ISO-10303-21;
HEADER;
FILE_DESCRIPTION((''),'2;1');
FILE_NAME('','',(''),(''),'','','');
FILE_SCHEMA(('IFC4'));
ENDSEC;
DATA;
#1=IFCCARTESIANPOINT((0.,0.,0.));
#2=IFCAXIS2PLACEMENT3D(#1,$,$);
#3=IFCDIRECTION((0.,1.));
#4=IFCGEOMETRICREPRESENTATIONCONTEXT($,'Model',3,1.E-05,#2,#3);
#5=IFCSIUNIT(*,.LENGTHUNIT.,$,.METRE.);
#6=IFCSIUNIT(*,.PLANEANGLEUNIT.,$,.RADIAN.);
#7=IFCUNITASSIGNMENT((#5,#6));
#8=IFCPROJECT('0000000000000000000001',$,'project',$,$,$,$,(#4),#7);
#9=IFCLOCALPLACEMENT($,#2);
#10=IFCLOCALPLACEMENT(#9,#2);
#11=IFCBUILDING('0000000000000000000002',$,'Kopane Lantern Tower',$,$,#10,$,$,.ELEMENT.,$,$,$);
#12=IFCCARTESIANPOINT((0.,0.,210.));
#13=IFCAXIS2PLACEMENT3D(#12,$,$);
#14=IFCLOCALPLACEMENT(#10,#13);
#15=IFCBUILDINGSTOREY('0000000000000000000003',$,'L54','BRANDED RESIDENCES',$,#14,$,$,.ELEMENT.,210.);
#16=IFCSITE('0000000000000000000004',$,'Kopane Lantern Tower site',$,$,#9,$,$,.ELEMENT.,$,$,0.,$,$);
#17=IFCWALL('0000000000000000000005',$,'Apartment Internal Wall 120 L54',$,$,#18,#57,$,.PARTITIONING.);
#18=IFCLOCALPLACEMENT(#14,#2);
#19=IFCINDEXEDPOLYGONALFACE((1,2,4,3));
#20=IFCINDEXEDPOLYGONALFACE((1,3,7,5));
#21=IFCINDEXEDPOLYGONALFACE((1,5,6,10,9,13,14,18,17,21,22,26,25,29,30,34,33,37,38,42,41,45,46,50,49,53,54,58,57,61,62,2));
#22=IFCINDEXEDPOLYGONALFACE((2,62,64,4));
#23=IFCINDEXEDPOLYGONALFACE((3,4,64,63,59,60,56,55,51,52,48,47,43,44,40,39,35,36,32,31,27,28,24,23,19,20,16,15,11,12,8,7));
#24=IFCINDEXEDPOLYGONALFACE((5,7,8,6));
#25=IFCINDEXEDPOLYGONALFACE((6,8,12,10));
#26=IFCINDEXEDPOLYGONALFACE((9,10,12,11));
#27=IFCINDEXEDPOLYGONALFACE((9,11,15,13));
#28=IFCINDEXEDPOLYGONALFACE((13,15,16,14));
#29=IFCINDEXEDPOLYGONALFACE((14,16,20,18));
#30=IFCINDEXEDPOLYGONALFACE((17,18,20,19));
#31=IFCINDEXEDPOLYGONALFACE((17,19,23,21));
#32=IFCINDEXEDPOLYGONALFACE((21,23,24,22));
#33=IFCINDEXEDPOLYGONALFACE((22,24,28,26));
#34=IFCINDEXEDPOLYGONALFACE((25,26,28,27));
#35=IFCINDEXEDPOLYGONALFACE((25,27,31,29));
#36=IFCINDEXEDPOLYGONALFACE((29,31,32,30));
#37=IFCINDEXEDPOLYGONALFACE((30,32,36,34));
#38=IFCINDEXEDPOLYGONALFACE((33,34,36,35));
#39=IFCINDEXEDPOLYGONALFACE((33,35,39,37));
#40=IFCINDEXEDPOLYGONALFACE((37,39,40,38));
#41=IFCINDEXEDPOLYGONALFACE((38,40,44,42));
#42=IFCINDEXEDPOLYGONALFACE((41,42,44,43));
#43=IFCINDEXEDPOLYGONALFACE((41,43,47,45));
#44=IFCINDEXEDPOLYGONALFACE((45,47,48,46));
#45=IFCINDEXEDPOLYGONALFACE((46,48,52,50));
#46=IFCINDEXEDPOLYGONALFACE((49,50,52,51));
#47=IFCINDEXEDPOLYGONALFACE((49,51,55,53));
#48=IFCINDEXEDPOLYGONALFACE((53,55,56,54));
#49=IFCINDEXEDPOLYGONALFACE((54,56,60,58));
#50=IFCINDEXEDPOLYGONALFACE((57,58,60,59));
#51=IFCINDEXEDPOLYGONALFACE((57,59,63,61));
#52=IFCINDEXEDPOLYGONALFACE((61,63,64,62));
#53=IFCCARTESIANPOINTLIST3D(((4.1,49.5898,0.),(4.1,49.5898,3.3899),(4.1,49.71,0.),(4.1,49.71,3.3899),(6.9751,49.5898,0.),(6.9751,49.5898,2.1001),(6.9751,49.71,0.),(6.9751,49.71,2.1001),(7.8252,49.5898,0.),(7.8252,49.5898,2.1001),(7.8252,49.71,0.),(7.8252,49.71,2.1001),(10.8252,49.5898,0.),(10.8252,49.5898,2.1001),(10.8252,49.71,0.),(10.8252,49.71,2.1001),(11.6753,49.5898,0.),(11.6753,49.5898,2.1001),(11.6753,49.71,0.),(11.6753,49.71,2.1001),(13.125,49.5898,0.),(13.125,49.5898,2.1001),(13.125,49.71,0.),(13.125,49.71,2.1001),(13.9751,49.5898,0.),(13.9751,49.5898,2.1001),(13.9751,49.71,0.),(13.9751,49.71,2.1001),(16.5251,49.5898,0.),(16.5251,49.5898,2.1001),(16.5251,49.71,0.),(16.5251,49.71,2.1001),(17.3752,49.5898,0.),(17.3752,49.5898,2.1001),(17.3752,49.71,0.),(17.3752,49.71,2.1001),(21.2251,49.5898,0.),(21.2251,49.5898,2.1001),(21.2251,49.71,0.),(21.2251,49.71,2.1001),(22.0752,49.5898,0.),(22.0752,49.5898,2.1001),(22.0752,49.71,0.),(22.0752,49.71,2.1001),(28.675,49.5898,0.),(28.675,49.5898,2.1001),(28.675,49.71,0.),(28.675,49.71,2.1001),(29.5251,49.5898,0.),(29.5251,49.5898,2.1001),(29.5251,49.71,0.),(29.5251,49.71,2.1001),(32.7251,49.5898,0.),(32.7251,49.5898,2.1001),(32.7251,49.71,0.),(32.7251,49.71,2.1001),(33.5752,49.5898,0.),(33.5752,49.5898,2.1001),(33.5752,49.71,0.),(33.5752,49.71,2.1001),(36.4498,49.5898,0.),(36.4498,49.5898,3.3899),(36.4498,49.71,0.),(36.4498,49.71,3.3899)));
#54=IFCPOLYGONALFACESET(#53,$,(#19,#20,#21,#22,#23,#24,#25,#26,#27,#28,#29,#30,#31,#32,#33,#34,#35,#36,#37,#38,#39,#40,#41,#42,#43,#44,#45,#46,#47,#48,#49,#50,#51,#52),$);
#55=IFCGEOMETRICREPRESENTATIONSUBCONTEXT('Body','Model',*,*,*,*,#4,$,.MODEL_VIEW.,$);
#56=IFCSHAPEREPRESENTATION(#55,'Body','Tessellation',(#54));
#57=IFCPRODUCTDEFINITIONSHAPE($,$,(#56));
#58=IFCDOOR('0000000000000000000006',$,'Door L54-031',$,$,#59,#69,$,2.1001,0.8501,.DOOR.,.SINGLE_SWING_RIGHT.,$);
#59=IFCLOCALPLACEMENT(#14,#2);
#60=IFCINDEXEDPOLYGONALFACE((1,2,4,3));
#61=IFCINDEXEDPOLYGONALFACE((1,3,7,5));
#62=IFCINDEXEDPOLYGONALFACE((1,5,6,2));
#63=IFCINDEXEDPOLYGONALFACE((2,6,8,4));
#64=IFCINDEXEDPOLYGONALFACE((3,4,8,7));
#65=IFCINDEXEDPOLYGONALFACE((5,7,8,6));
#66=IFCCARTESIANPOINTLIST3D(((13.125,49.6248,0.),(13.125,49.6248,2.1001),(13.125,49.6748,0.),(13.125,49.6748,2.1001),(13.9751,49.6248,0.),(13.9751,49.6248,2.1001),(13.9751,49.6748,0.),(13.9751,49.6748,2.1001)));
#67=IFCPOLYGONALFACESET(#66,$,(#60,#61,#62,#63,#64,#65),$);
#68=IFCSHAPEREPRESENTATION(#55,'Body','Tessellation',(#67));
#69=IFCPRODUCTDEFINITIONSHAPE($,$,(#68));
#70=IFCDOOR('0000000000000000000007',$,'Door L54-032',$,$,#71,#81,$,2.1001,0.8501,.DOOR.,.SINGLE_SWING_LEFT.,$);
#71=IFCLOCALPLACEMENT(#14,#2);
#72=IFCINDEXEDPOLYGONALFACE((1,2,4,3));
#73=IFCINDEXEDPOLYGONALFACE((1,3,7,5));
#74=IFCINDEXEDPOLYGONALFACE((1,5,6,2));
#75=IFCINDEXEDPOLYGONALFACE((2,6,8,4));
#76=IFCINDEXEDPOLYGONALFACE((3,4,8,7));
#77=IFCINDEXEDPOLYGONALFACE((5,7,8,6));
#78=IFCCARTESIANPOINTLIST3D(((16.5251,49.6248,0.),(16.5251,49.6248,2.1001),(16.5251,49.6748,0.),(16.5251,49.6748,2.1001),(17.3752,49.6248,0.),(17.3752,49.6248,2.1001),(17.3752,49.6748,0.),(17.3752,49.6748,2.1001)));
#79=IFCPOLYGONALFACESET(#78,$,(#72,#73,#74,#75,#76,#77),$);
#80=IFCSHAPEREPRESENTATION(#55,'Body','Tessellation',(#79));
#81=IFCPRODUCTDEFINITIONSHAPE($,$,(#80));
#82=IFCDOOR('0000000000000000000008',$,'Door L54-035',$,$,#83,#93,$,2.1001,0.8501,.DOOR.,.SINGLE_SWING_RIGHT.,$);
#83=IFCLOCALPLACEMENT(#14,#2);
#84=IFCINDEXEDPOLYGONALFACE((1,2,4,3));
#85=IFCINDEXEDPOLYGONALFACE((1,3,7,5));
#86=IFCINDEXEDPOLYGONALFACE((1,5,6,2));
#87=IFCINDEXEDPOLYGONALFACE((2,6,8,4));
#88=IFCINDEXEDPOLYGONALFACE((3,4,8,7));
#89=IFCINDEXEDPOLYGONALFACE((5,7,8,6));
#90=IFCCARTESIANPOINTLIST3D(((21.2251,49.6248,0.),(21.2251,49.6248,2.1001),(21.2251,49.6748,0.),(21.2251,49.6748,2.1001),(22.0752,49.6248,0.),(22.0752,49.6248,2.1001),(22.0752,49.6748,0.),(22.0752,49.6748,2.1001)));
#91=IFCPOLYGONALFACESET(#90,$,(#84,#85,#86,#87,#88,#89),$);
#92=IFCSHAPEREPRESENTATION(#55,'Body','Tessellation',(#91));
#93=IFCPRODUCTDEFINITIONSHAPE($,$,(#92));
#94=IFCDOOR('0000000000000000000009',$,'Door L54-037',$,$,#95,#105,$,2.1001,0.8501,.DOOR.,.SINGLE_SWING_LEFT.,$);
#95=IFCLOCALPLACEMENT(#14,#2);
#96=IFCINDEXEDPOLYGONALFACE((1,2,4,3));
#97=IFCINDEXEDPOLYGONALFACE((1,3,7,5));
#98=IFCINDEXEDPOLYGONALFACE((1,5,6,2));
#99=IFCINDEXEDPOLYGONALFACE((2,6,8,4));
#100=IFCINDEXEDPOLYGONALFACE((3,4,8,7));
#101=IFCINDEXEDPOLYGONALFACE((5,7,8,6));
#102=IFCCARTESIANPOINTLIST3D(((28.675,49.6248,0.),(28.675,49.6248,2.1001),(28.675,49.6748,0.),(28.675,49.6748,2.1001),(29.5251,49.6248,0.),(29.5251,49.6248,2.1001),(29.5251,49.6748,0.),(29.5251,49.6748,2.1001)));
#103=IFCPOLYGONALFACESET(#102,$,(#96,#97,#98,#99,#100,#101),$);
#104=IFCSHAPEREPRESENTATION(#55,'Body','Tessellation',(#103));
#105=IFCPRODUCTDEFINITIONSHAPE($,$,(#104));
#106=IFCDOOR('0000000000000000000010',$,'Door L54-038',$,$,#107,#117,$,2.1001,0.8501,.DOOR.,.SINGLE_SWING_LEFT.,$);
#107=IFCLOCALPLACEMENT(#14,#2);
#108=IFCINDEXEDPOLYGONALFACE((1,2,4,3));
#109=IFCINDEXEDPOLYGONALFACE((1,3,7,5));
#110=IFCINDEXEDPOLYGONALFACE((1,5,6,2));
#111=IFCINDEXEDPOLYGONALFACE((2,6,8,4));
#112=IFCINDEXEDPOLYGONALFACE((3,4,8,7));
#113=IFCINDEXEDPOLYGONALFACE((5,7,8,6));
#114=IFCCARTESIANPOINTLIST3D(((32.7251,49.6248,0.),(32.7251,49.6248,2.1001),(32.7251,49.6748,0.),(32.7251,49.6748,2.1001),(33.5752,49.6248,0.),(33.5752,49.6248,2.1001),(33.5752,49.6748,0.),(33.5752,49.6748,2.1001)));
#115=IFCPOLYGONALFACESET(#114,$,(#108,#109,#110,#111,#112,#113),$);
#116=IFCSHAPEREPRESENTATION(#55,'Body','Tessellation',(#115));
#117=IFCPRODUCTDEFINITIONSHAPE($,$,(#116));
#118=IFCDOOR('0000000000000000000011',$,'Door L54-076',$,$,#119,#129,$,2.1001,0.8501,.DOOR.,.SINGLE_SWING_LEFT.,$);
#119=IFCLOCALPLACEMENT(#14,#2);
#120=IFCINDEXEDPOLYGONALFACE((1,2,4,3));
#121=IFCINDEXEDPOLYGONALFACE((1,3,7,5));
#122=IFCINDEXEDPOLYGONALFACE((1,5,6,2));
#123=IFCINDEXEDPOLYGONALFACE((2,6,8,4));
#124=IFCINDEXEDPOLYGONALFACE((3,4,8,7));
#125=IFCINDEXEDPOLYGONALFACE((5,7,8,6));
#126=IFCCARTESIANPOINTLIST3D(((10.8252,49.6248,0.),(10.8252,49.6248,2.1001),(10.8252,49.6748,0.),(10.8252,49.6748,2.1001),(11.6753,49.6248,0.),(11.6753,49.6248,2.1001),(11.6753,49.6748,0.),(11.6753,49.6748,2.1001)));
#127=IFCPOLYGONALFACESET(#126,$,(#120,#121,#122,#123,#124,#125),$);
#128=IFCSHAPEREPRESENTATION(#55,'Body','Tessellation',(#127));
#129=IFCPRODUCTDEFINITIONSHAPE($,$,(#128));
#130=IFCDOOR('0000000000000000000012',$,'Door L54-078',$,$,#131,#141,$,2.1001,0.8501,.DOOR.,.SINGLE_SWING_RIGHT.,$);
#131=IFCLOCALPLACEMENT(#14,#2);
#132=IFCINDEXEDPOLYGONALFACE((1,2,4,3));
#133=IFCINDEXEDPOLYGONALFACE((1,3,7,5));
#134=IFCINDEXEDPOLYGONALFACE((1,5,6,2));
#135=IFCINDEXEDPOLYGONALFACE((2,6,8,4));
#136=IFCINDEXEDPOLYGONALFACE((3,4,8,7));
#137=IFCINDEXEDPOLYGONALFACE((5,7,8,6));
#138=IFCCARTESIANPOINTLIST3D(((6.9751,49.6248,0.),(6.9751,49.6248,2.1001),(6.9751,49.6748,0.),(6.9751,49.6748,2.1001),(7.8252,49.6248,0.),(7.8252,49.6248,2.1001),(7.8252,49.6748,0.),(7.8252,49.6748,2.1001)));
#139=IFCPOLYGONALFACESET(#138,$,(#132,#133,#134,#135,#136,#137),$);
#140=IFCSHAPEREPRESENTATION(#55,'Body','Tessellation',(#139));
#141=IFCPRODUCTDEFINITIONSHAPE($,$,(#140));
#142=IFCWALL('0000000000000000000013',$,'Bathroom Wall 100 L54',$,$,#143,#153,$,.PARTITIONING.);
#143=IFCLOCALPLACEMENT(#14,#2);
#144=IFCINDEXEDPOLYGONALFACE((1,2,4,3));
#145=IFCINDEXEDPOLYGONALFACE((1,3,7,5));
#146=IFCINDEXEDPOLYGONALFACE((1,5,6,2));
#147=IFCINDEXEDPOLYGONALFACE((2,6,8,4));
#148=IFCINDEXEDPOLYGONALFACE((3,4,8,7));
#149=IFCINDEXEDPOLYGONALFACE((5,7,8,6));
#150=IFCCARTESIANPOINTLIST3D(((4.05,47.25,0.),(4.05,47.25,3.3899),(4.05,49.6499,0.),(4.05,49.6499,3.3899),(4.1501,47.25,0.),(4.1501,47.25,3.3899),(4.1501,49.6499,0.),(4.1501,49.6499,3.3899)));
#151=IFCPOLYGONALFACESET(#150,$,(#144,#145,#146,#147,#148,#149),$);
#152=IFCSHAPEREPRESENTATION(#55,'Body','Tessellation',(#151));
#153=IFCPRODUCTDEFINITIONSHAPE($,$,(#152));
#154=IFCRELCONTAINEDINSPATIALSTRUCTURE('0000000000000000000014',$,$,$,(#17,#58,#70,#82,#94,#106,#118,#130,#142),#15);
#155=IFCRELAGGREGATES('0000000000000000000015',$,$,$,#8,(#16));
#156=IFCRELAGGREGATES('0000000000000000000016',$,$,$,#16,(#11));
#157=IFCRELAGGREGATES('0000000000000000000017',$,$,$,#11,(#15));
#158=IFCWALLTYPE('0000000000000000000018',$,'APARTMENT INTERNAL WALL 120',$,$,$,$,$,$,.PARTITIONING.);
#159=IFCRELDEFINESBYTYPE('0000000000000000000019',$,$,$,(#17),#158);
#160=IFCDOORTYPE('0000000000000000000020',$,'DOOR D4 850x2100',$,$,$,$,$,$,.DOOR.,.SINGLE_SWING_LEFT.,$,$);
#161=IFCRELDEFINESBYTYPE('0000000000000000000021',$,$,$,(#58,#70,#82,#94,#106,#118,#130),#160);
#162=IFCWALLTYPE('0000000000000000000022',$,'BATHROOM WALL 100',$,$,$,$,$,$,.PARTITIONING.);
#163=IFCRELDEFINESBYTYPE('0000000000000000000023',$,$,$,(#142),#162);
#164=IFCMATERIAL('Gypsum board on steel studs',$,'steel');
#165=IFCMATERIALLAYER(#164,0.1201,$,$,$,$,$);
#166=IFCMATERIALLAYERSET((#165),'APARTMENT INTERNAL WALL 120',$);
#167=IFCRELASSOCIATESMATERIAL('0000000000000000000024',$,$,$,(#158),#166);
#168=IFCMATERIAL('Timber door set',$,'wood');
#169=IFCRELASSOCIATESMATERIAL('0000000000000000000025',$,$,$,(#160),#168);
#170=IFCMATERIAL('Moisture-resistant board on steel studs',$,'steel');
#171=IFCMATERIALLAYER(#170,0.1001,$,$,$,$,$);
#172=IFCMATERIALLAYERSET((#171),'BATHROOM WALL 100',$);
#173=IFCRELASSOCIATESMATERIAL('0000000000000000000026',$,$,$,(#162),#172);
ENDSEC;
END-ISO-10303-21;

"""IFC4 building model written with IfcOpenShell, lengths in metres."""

from ifc_helpers import new_model, si_unit, direction, frame, frame_2d, origin, place, context, subcontext, project, spatial, rectangle, extrude, material, layer, layer_set, type_object, element, fill, save


model = new_model("IFC4")

# Units and contexts
model_context = context("Model", 3, precision=1e-05, world=origin(), true_north=direction((0.0, 1.0)))
body_context = subcontext(model_context, "Body", "Model", "MODEL_VIEW")
ifc_project = project(units=[si_unit("LENGTHUNIT", "METRE"), si_unit("PLANEANGLEUNIT", "RADIAN")], contexts=[model_context])

# Site, building, storey
site_placement = place(None, origin())
site = spatial("IfcSite", under=ifc_project, at=site_placement, Name="Kopane Lantern Tower site", CompositionType="ELEMENT", RefElevation=0.0)
building_placement = place(site_placement, origin())
building = spatial("IfcBuilding", under=site, at=building_placement, Name="Kopane Lantern Tower", CompositionType="ELEMENT")
storey_placement = place(building_placement, frame((0.0, 0.0, 210.0)))
storey = spatial("IfcBuildingStorey", under=building, at=storey_placement, Name="L54", Description="BRANDED RESIDENCES", CompositionType="ELEMENT", Elevation=210.0)

# Wall, openings, doors
ifc_material_1 = material(Name="Gypsum board on steel studs", Category="steel")
ifc_layer_1 = layer(ifc_material_1, 0.1201)
ifc_layer_set_1 = layer_set([ifc_layer_1], Name="APARTMENT INTERNAL WALL 120")
wall_type_1 = type_object("IfcWallType", Name="APARTMENT INTERNAL WALL 120", PredefinedType="PARTITIONING", material=ifc_layer_set_1)
wall_1_placement = place(storey_placement, frame((4.1001, 49.6499, 0.0), z_axis=(0.0, 0.0, 1.0), x_axis=(1.0, 0.0, 0.0)))
wall_1 = element("IfcWall", 1, at=wall_1_placement, inside=storey, type_object=wall_type_1, Name="Apartment Internal Wall 120 L54", PredefinedType="PARTITIONING", context=body_context, shape_type="SweptSolid", body=[
    extrude(rectangle(XDim=32.3499, YDim=0.1201, at=frame_2d((16.1748, 0.0))), origin(), (0.0, 0.0, 1.0), 3.3899),
])
opening_1_placement = place(wall_1_placement, frame((9.0249, 0.0, 0.0)))
opening_1 = element("IfcOpeningElement", 2, at=opening_1_placement, cuts=wall_1, PredefinedType="OPENING", context=body_context, shape_type="SweptSolid", body=[
    extrude(rectangle(XDim=0.8501, YDim=2.1001, at=frame_2d((0.425, 1.05))), frame((0.0, 0.0701, 0.0), z_axis=(0.0, -1.0, 0.0), x_axis=(1.0, 0.0, 0.0)), (0.0, 0.0, 1.0), 0.1401),
])
opening_2_placement = place(wall_1_placement, frame((12.425, 0.0, 0.0)))
opening_2 = element("IfcOpeningElement", 3, at=opening_2_placement, cuts=wall_1, PredefinedType="OPENING", context=body_context, shape_type="SweptSolid", body=[
    extrude(rectangle(XDim=0.8501, YDim=2.1001, at=frame_2d((0.425, 1.05))), frame((0.0, 0.0701, 0.0), z_axis=(0.0, -1.0, 0.0), x_axis=(1.0, 0.0, 0.0)), (0.0, 0.0, 1.0), 0.1401),
])
opening_3_placement = place(wall_1_placement, frame((17.125, 0.0, 0.0)))
opening_3 = element("IfcOpeningElement", 4, at=opening_3_placement, cuts=wall_1, PredefinedType="OPENING", context=body_context, shape_type="SweptSolid", body=[
    extrude(rectangle(XDim=0.8501, YDim=2.1001, at=frame_2d((0.425, 1.05))), frame((0.0, 0.0701, 0.0), z_axis=(0.0, -1.0, 0.0), x_axis=(1.0, 0.0, 0.0)), (0.0, 0.0, 1.0), 0.1401),
])
opening_4_placement = place(wall_1_placement, frame((24.575, 0.0, 0.0)))
opening_4 = element("IfcOpeningElement", 5, at=opening_4_placement, cuts=wall_1, PredefinedType="OPENING", context=body_context, shape_type="SweptSolid", body=[
    extrude(rectangle(XDim=0.8501, YDim=2.1001, at=frame_2d((0.425, 1.05))), frame((0.0, 0.0701, 0.0), z_axis=(0.0, -1.0, 0.0), x_axis=(1.0, 0.0, 0.0)), (0.0, 0.0, 1.0), 0.1401),
])
opening_5_placement = place(wall_1_placement, frame((28.625, 0.0, 0.0)))
opening_5 = element("IfcOpeningElement", 6, at=opening_5_placement, cuts=wall_1, PredefinedType="OPENING", context=body_context, shape_type="SweptSolid", body=[
    extrude(rectangle(XDim=0.8501, YDim=2.1001, at=frame_2d((0.425, 1.05))), frame((0.0, 0.0701, 0.0), z_axis=(0.0, -1.0, 0.0), x_axis=(1.0, 0.0, 0.0)), (0.0, 0.0, 1.0), 0.1401),
])
opening_6_placement = place(wall_1_placement, frame((6.7251, 0.0, 0.0)))
opening_6 = element("IfcOpeningElement", 7, at=opening_6_placement, cuts=wall_1, PredefinedType="OPENING", context=body_context, shape_type="SweptSolid", body=[
    extrude(rectangle(XDim=0.8501, YDim=2.1001, at=frame_2d((0.425, 1.05))), frame((0.0, 0.0701, 0.0), z_axis=(0.0, -1.0, 0.0), x_axis=(1.0, 0.0, 0.0)), (0.0, 0.0, 1.0), 0.1401),
])
opening_7_placement = place(wall_1_placement, frame((2.875, 0.0, 0.0)))
opening_7 = element("IfcOpeningElement", 8, at=opening_7_placement, cuts=wall_1, PredefinedType="OPENING", context=body_context, shape_type="SweptSolid", body=[
    extrude(rectangle(XDim=0.8501, YDim=2.1001, at=frame_2d((0.425, 1.05))), frame((0.0, 0.0701, 0.0), z_axis=(0.0, -1.0, 0.0), x_axis=(1.0, 0.0, 0.0)), (0.0, 0.0, 1.0), 0.1401),
])
ifc_material_2 = material(Name="Timber door set", Category="wood")
door_type = type_object("IfcDoorType", Name="DOOR D4 850x2100", OperationType="SINGLE_SWING_LEFT", PredefinedType="DOOR", material=ifc_material_2)
door_1_placement = place(opening_1_placement, origin())
door_1 = element("IfcDoor", 9, at=door_1_placement, inside=storey, type_object=door_type, Name="Door L54-031", OperationType="SINGLE_SWING_RIGHT", OverallHeight=2.1001, OverallWidth=0.8501, PredefinedType="DOOR", context=body_context, shape_type="SweptSolid", body=[
    extrude(rectangle(XDim=0.8501, YDim=2.1001, at=frame_2d((0.425, 1.05))), frame((0.0, 0.0249, 0.0), z_axis=(0.0, -1.0, 0.0), x_axis=(1.0, 0.0, 0.0)), (0.0, 0.0, 1.0), 0.05),
])
fill(opening_1, door_1)
door_2_placement = place(opening_2_placement, origin())
door_2 = element("IfcDoor", 10, at=door_2_placement, inside=storey, type_object=door_type, Name="Door L54-032", OperationType="SINGLE_SWING_LEFT", OverallHeight=2.1001, OverallWidth=0.8501, PredefinedType="DOOR", context=body_context, shape_type="SweptSolid", body=[
    extrude(rectangle(XDim=0.8501, YDim=2.1001, at=frame_2d((0.425, 1.05))), frame((0.0, 0.0249, 0.0), z_axis=(0.0, -1.0, 0.0), x_axis=(1.0, 0.0, 0.0)), (0.0, 0.0, 1.0), 0.05),
])
fill(opening_2, door_2)
door_3_placement = place(opening_3_placement, origin())
door_3 = element("IfcDoor", 11, at=door_3_placement, inside=storey, type_object=door_type, Name="Door L54-035", OperationType="SINGLE_SWING_RIGHT", OverallHeight=2.1001, OverallWidth=0.8501, PredefinedType="DOOR", context=body_context, shape_type="SweptSolid", body=[
    extrude(rectangle(XDim=0.8501, YDim=2.1001, at=frame_2d((0.425, 1.05))), frame((0.0, 0.0249, 0.0), z_axis=(0.0, -1.0, 0.0), x_axis=(1.0, 0.0, 0.0)), (0.0, 0.0, 1.0), 0.05),
])
fill(opening_3, door_3)
door_4_placement = place(opening_4_placement, origin())
door_4 = element("IfcDoor", 12, at=door_4_placement, inside=storey, type_object=door_type, Name="Door L54-037", OperationType="SINGLE_SWING_LEFT", OverallHeight=2.1001, OverallWidth=0.8501, PredefinedType="DOOR", context=body_context, shape_type="SweptSolid", body=[
    extrude(rectangle(XDim=0.8501, YDim=2.1001, at=frame_2d((0.425, 1.05))), frame((0.0, 0.0249, 0.0), z_axis=(0.0, -1.0, 0.0), x_axis=(1.0, 0.0, 0.0)), (0.0, 0.0, 1.0), 0.05),
])
fill(opening_4, door_4)
door_5_placement = place(opening_5_placement, origin())
door_5 = element("IfcDoor", 13, at=door_5_placement, inside=storey, type_object=door_type, Name="Door L54-038", OperationType="SINGLE_SWING_LEFT", OverallHeight=2.1001, OverallWidth=0.8501, PredefinedType="DOOR", context=body_context, shape_type="SweptSolid", body=[
    extrude(rectangle(XDim=0.8501, YDim=2.1001, at=frame_2d((0.425, 1.05))), frame((0.0, 0.0249, 0.0), z_axis=(0.0, -1.0, 0.0), x_axis=(1.0, 0.0, 0.0)), (0.0, 0.0, 1.0), 0.05),
])
fill(opening_5, door_5)
door_6_placement = place(opening_6_placement, origin())
door_6 = element("IfcDoor", 14, at=door_6_placement, inside=storey, type_object=door_type, Name="Door L54-076", OperationType="SINGLE_SWING_LEFT", OverallHeight=2.1001, OverallWidth=0.8501, PredefinedType="DOOR", context=body_context, shape_type="SweptSolid", body=[
    extrude(rectangle(XDim=0.8501, YDim=2.1001, at=frame_2d((0.425, 1.05))), frame((0.0, 0.0249, 0.0), z_axis=(0.0, -1.0, 0.0), x_axis=(1.0, 0.0, 0.0)), (0.0, 0.0, 1.0), 0.05),
])
fill(opening_6, door_6)
door_7_placement = place(opening_7_placement, origin())
door_7 = element("IfcDoor", 15, at=door_7_placement, inside=storey, type_object=door_type, Name="Door L54-078", OperationType="SINGLE_SWING_RIGHT", OverallHeight=2.1001, OverallWidth=0.8501, PredefinedType="DOOR", context=body_context, shape_type="SweptSolid", body=[
    extrude(rectangle(XDim=0.8501, YDim=2.1001, at=frame_2d((0.425, 1.05))), frame((0.0, 0.0249, 0.0), z_axis=(0.0, -1.0, 0.0), x_axis=(1.0, 0.0, 0.0)), (0.0, 0.0, 1.0), 0.05),
])
fill(opening_7, door_7)

# Wall
ifc_material_3 = material(Name="Moisture-resistant board on steel studs", Category="steel")
ifc_layer_2 = layer(ifc_material_3, 0.1001)
ifc_layer_set_2 = layer_set([ifc_layer_2], Name="BATHROOM WALL 100")
wall_type_2 = type_object("IfcWallType", Name="BATHROOM WALL 100", PredefinedType="PARTITIONING", material=ifc_layer_set_2)
wall_2_placement = place(storey_placement, frame((4.1001, 47.25, 0.0), z_axis=(0.0, 0.0, 1.0), x_axis=(0.0, 1.0, 0.0)))
element("IfcWall", 16, at=wall_2_placement, inside=storey, type_object=wall_type_2, Name="Bathroom Wall 100 L54", PredefinedType="PARTITIONING", context=body_context, shape_type="SweptSolid", body=[
    extrude(rectangle(XDim=2.3999, YDim=0.1001, at=frame_2d((1.2, 0.0))), origin(), (0.0, 0.0, 1.0), 3.3899),
])

save(model, "model.ifc")
